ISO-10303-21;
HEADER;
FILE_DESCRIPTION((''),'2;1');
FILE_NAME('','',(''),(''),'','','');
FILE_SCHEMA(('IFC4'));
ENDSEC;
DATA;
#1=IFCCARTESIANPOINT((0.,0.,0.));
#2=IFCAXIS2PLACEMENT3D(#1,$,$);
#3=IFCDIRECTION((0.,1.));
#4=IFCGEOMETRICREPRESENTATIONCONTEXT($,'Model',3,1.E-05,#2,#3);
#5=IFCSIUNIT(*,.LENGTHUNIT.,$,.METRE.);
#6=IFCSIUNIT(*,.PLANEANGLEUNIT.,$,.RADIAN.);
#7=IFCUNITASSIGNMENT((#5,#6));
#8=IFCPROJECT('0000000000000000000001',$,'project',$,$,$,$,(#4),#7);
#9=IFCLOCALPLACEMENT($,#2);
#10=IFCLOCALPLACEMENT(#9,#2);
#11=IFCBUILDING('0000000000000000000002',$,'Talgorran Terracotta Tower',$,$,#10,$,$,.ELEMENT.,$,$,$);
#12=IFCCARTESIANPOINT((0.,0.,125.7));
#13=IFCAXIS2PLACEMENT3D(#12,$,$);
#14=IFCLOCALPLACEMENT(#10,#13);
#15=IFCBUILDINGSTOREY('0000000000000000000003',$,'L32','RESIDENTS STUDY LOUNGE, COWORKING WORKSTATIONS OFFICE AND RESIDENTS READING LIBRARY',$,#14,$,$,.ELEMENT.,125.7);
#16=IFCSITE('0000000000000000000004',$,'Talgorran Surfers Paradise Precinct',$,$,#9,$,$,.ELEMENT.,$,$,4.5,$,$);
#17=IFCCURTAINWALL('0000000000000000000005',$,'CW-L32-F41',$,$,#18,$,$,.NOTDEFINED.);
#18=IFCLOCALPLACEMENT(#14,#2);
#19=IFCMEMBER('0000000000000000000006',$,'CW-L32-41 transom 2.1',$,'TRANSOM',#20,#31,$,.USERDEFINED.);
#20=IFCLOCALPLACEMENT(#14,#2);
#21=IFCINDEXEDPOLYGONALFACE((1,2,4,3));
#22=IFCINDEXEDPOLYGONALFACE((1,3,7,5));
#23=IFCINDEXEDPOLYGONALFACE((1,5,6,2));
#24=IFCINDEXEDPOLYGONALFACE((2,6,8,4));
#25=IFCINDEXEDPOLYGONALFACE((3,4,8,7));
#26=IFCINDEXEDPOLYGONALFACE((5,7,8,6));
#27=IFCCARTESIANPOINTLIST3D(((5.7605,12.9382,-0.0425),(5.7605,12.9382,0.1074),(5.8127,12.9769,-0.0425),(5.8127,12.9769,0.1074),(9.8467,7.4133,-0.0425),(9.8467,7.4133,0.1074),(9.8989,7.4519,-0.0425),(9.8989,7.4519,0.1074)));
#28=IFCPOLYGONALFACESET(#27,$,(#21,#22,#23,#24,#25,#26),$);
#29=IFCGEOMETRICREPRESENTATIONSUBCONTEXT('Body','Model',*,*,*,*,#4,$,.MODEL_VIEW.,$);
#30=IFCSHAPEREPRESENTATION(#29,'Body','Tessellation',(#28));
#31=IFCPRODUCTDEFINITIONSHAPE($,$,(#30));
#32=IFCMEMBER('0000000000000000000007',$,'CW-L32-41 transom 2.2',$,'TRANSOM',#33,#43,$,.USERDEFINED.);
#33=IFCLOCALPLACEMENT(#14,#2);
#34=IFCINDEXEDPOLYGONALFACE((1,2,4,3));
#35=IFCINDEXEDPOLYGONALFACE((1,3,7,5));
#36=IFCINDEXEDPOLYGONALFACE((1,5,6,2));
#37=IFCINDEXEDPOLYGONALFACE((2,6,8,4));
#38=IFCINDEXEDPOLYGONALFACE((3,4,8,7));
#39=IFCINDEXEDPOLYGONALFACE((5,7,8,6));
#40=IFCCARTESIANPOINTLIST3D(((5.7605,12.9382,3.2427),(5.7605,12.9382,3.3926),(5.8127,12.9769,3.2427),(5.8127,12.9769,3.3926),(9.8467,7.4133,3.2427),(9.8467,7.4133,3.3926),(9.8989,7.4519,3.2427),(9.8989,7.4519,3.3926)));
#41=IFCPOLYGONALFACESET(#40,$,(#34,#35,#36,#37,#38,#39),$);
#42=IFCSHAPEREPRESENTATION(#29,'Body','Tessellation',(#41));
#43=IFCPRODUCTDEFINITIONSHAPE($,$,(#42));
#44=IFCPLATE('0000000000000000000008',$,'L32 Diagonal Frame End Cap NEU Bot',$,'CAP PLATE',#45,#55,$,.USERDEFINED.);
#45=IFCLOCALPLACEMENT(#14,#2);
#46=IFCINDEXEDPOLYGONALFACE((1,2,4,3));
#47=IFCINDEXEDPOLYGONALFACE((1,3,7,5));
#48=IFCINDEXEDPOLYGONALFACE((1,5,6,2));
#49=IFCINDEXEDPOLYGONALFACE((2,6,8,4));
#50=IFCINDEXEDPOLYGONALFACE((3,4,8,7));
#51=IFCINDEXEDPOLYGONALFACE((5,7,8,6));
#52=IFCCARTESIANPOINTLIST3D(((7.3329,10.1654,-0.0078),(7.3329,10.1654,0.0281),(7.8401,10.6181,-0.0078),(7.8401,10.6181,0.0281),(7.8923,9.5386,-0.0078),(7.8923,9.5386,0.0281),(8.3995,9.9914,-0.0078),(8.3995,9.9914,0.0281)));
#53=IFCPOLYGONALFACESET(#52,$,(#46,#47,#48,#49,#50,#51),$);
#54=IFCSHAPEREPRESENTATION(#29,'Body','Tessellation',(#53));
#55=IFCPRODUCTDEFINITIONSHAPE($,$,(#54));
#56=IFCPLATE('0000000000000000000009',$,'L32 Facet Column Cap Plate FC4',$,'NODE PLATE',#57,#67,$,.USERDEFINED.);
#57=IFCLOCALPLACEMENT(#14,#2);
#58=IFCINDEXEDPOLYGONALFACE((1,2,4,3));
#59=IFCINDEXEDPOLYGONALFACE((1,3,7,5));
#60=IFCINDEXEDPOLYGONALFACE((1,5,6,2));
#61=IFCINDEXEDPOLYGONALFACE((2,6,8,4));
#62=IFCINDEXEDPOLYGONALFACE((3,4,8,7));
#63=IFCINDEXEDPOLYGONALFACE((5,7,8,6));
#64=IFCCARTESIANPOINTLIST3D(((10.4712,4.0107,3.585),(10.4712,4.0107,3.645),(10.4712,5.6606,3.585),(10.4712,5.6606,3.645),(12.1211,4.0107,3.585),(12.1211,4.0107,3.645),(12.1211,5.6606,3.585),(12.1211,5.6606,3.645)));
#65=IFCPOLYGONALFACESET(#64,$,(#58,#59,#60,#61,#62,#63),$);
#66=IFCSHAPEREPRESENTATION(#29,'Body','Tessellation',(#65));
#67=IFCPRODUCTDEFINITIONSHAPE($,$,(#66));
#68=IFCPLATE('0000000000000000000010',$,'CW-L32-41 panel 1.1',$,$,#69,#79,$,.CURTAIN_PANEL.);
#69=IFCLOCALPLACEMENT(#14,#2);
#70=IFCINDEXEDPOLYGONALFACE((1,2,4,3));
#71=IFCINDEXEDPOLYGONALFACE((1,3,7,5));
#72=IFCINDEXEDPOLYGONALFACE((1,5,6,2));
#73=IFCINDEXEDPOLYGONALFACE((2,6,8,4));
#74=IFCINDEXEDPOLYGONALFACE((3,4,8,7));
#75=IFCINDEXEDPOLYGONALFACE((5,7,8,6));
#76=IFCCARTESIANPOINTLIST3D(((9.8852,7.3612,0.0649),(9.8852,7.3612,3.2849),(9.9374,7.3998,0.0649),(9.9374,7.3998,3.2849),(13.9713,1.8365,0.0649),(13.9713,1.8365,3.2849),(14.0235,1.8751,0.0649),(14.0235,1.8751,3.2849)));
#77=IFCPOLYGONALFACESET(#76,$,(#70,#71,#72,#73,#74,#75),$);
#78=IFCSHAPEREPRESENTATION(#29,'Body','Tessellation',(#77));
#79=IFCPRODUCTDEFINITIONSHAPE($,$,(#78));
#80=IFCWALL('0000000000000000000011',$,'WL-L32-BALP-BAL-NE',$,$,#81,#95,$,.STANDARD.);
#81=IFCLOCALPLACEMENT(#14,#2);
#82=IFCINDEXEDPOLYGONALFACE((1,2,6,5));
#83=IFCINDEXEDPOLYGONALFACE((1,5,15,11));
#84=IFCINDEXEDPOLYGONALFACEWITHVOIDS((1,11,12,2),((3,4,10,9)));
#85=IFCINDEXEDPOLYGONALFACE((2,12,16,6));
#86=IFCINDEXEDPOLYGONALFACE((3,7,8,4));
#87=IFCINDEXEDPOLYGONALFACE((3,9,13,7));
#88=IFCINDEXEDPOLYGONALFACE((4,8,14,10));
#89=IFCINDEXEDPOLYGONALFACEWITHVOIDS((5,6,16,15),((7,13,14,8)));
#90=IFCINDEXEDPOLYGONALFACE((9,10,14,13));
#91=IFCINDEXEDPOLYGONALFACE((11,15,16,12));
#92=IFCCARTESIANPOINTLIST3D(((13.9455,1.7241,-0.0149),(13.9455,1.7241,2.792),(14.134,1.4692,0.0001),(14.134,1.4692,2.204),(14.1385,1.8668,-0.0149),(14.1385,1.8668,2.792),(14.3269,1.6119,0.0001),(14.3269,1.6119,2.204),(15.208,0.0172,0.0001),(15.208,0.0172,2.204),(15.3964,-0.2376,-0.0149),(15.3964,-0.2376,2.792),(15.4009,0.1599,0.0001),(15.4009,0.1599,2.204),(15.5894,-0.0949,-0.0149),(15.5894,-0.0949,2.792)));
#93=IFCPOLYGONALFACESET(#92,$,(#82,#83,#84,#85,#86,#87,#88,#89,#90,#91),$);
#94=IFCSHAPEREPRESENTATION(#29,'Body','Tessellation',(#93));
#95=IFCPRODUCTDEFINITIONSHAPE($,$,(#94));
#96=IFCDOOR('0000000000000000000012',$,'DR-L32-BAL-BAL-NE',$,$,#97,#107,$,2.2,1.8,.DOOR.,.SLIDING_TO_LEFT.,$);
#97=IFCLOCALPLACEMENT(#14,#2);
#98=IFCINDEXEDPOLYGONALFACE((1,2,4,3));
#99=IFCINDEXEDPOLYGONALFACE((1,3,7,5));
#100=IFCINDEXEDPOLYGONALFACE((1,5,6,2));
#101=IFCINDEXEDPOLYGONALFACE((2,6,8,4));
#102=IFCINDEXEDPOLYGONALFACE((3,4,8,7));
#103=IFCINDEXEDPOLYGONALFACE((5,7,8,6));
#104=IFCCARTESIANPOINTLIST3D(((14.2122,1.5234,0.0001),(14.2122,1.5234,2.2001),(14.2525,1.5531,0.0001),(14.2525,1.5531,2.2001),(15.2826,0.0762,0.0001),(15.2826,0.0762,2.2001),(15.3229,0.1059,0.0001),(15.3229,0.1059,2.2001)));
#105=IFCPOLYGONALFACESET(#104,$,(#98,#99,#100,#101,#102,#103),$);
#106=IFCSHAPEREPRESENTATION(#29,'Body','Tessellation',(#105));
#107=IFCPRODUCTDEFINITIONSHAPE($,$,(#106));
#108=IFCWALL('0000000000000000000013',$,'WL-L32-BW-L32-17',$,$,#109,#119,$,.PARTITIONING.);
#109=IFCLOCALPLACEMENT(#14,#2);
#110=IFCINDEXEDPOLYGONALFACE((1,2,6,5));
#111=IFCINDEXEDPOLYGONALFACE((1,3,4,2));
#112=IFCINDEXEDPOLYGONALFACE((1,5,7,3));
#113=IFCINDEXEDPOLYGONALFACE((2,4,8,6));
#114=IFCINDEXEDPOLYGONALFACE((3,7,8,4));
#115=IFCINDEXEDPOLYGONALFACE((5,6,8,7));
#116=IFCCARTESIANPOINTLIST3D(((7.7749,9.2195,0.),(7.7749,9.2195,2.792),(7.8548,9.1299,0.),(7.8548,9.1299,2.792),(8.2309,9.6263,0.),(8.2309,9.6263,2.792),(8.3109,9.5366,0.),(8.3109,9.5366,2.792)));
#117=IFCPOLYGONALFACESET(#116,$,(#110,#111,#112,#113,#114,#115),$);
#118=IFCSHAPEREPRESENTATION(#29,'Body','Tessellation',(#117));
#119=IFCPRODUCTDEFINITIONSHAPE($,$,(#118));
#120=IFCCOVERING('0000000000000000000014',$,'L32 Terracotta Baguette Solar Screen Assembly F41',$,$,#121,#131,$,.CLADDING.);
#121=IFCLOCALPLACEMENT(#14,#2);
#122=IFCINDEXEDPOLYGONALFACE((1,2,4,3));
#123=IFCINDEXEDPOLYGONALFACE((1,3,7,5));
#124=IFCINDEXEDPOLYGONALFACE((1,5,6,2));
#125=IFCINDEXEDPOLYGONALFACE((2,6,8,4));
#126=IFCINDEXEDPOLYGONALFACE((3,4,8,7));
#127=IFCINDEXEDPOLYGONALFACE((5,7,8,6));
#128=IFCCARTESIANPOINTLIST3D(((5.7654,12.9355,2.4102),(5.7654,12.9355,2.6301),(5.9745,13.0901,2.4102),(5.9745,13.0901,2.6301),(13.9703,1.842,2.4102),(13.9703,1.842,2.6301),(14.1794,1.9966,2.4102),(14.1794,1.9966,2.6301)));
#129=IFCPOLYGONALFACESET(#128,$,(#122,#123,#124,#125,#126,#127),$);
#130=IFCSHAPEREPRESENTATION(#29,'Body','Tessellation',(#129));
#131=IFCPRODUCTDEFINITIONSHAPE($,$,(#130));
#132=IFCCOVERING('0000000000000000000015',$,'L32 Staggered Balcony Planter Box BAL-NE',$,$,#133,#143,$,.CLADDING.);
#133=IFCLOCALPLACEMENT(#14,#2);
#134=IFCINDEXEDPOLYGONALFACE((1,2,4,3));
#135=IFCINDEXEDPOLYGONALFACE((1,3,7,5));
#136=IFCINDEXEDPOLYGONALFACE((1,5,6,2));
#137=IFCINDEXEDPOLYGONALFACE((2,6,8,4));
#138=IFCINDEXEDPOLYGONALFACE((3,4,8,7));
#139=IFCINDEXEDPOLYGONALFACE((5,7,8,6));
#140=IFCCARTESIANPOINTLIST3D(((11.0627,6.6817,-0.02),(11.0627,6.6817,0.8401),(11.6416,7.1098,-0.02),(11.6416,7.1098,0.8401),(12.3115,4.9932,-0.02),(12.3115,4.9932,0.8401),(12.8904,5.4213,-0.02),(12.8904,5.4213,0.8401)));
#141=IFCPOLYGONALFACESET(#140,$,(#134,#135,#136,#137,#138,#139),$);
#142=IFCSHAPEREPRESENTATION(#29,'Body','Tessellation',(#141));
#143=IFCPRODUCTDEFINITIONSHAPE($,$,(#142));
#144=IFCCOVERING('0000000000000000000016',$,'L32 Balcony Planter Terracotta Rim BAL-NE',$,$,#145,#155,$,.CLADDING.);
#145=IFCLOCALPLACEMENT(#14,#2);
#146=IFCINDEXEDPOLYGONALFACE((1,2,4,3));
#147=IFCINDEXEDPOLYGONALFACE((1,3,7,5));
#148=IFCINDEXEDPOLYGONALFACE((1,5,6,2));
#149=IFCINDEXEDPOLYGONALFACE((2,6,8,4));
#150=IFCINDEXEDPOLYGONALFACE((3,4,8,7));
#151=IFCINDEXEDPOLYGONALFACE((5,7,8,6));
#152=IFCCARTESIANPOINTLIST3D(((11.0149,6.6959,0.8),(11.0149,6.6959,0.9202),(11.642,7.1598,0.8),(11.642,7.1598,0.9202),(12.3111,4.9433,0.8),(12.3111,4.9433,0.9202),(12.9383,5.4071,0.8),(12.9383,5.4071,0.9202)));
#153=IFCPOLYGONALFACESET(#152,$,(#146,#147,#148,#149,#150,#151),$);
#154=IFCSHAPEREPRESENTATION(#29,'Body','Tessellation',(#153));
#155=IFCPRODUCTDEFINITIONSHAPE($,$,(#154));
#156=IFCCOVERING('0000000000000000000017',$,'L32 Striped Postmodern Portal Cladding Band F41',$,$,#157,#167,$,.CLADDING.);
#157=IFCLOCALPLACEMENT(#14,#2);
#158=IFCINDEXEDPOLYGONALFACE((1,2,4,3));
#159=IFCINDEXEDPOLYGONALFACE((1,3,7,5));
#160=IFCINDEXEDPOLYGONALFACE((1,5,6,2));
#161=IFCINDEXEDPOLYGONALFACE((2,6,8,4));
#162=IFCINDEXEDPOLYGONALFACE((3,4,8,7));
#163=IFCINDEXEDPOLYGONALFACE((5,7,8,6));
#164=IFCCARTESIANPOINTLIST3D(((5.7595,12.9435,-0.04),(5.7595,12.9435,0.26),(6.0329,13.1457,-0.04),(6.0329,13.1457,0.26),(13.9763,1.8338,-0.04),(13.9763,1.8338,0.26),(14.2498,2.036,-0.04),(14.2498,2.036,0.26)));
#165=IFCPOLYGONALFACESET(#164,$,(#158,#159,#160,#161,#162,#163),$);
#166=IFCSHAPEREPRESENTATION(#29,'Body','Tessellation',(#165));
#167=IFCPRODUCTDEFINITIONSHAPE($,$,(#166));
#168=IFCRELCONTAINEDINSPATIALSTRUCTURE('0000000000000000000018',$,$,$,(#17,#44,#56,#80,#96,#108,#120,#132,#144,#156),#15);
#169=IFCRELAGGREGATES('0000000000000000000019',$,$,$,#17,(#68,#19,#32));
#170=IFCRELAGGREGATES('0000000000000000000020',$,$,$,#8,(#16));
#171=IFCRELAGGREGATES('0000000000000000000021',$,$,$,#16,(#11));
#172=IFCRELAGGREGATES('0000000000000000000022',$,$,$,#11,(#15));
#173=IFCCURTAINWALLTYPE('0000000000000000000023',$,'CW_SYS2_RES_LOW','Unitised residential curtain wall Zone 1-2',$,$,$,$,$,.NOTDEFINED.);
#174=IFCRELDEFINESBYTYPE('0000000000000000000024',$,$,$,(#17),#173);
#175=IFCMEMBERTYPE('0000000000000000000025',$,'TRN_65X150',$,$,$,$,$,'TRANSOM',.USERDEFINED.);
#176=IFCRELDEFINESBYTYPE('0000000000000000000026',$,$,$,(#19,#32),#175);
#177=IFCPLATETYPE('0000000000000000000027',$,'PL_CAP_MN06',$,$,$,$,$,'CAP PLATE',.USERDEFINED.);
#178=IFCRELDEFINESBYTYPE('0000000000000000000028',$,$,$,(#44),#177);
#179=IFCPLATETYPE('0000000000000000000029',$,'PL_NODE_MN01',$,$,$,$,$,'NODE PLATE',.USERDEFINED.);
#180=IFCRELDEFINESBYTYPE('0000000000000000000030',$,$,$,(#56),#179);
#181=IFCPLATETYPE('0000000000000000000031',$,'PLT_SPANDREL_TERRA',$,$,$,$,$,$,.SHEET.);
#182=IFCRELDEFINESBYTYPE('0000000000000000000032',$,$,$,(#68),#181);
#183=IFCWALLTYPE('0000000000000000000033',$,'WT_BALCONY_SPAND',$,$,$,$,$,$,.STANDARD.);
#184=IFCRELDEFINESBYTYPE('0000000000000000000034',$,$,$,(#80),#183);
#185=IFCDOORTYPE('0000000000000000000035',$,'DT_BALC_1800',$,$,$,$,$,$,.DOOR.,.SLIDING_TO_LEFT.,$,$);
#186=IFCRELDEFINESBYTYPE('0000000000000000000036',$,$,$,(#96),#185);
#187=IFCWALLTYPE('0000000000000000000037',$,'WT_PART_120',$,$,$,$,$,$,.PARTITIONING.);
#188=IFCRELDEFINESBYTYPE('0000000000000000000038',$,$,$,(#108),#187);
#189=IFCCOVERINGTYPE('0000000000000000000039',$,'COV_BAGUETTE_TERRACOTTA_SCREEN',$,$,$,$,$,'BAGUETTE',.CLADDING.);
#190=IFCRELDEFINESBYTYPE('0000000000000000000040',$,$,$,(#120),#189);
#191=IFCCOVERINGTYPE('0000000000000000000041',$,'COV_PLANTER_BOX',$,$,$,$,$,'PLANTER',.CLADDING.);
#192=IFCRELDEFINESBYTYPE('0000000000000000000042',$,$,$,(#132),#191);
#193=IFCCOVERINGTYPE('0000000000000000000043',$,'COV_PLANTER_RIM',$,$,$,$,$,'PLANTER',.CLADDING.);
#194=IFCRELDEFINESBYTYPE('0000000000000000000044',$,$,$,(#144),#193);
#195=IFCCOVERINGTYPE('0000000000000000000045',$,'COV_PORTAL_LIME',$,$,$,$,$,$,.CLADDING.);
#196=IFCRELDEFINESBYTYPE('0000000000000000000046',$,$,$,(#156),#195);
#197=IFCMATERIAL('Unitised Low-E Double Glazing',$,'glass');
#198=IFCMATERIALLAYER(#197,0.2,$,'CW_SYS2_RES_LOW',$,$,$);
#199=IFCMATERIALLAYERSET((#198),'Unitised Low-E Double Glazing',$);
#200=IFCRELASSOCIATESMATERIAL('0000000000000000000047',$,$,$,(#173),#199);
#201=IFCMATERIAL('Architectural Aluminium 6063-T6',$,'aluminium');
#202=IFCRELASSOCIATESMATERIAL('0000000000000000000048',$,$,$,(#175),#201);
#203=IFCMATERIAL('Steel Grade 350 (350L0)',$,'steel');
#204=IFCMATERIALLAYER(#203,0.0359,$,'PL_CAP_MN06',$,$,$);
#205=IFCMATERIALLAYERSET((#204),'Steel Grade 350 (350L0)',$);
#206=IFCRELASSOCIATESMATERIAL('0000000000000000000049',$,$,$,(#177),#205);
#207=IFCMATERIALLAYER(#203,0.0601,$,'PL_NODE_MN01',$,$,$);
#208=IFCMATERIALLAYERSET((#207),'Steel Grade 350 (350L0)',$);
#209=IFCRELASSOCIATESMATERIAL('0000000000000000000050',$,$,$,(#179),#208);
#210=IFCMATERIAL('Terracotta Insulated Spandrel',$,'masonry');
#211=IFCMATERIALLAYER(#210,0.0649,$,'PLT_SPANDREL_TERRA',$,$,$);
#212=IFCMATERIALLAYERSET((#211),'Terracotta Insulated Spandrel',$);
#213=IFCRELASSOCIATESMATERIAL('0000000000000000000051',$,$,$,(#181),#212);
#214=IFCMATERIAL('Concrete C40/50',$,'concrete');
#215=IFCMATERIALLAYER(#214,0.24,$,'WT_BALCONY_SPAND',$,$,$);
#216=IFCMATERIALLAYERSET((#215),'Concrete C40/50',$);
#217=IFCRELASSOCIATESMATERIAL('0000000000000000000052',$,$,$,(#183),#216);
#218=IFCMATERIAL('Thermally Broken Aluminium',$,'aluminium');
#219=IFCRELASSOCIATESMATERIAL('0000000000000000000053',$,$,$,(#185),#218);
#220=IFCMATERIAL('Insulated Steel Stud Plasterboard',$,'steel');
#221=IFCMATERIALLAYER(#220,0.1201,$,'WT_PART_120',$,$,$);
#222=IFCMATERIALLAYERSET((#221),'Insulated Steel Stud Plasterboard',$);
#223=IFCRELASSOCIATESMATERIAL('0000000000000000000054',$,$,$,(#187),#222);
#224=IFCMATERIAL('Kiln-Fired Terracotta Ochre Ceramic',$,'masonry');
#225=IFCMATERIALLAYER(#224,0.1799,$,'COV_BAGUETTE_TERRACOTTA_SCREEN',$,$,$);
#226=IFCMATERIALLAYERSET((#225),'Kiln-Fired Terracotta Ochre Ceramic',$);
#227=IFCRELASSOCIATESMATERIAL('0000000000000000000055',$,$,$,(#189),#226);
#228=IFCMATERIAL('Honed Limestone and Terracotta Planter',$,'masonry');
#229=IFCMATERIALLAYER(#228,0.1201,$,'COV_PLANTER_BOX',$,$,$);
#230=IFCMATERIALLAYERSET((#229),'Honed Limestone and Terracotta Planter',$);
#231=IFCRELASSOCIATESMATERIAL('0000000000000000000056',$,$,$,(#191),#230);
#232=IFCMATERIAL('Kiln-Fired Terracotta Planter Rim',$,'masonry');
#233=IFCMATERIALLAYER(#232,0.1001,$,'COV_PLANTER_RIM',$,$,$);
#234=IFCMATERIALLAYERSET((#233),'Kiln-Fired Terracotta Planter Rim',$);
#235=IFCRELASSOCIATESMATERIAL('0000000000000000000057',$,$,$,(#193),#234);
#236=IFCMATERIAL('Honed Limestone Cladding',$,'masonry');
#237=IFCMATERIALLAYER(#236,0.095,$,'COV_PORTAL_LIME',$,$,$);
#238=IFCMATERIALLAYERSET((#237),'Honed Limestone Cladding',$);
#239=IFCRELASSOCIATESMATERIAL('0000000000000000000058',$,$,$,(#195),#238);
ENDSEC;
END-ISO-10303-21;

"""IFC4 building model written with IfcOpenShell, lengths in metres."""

from ifc_helpers import new_model, si_unit, direction, frame, frame_2d, origin, origin_2d, place, context, subcontext, project, spatial, rectangle, extrude, source, transform, mapped, material, layer, layer_set, material_profile, profile_set, type_object, type_shapes, element, fill, aggregate, save


model = new_model("IFC4")

# Units and contexts
model_context = context("Model", 3, precision=1e-05, world=origin(), true_north=direction((0.0, 1.0)))
body_context = subcontext(model_context, "Body", "Model", "MODEL_VIEW")
ifc_project = project(units=[si_unit("LENGTHUNIT", "METRE"), si_unit("PLANEANGLEUNIT", "RADIAN")], contexts=[model_context])

# Site, building, storey
site_placement = place(None, origin())
site = spatial("IfcSite", under=ifc_project, at=site_placement, Name="Talgorran Surfers Paradise Precinct", CompositionType="ELEMENT", RefElevation=4.5)
building_placement = place(site_placement, origin())
building = spatial("IfcBuilding", under=site, at=building_placement, Name="Talgorran Terracotta Tower", CompositionType="ELEMENT")
storey_placement = place(building_placement, frame((0.0, 0.0, 125.7)))
storey = spatial("IfcBuildingStorey", under=building, at=storey_placement, Name="L32", Description="RESIDENTS STUDY LOUNGE, COWORKING WORKSTATIONS OFFICE AND RESIDENTS READING LIBRARY", CompositionType="ELEMENT", Elevation=125.7)

# Shared definitions
ifc_material_1 = material(Name="Steel Grade 350 (350L0)", Category="steel")

# Shared definitions
ifc_material_2 = material(Name="Unitised Low-E Double Glazing", Category="glass")
ifc_layer_1 = layer(ifc_material_2, 0.2, Name="CW_SYS2_RES_LOW")
ifc_layer_set_1 = layer_set([ifc_layer_1], Name="Unitised Low-E Double Glazing")
curtain_wall_type = type_object("IfcCurtainWallType", Name="CW_SYS2_RES_LOW", Description="Unitised residential curtain wall Zone 1-2", PredefinedType="NOTDEFINED", material=ifc_layer_set_1)
ifc_material_3 = material(Name="Architectural Aluminium 6063-T6", Category="aluminium")

# Curtain wall, members
curtain_wall_1_placement = place(storey_placement, origin())
curtain_wall_1 = element("IfcCurtainWall", 1, at=curtain_wall_1_placement, inside=storey, type_object=curtain_wall_type, Name="CW-L32-F41", PredefinedType="NOTDEFINED")
ifc_material_profile_1 = material_profile(ifc_material_3, rectangle(XDim=0.0649, YDim=0.1499, at=origin_2d()), Name="CWT65X150")
ifc_profile_set_1 = profile_set([ifc_material_profile_1], Name="Architectural Aluminium 6063-T6")
member_type_1 = type_object("IfcMemberType", Name="TRN_65X150", ElementType="TRANSOM", PredefinedType="USERDEFINED", material=ifc_profile_set_1)
member_1_placement = place(storey_placement, frame((9.8728, 7.4326, 0.0325), z_axis=(-0.594632, 0.803998, 0.0), x_axis=(-0.803998, -0.594632, 0.0)))
member_1 = element("IfcMember", 2, at=member_1_placement, type_object=member_type_1, Name="CW-L32-41 transom 2.1", ObjectType="TRANSOM", PredefinedType="USERDEFINED", context=body_context, shape_type="SweptSolid", body=[
    extrude(rectangle(XDim=0.0649, YDim=0.1499, at=origin_2d()), origin(), (0.0, 0.0, 1.0), 6.8718),
])
member_2_placement = place(storey_placement, frame((9.8728, 7.4326, 3.3176), z_axis=(-0.594632, 0.803998, 0.0), x_axis=(-0.803998, -0.594632, 0.0)))
member_2 = element("IfcMember", 3, at=member_2_placement, type_object=member_type_1, Name="CW-L32-41 transom 2.2", ObjectType="TRANSOM", PredefinedType="USERDEFINED", context=body_context, shape_type="SweptSolid", body=[
    extrude(rectangle(XDim=0.0649, YDim=0.1499, at=origin_2d()), origin(), (0.0, 0.0, 1.0), 6.8718),
])

# Plates
ifc_layer_2 = layer(ifc_material_1, 0.0359, Name="PL_CAP_MN06")
ifc_layer_set_2 = layer_set([ifc_layer_2], Name="Steel Grade 350 (350L0)")
plate_type_1 = type_object("IfcPlateType", Name="PL_CAP_MN06", ElementType="CAP PLATE", PredefinedType="USERDEFINED", material=ifc_layer_set_2)
plate_1_placement = place(storey_placement, frame((7.8662, 10.0784, -0.0078), z_axis=(0.0, 0.0, 1.0), x_axis=(-0.665882, 0.746057, 0.0)))
element("IfcPlate", 4, at=plate_1_placement, inside=storey, type_object=plate_type_1, Name="L32 Diagonal Frame End Cap NEU Bot", ObjectType="CAP PLATE", PredefinedType="USERDEFINED", context=body_context, shape_type="SweptSolid", body=[
    extrude(rectangle(XDim=0.8401, YDim=0.6799, at=origin_2d()), origin(), (0.0, 0.0, 1.0), 0.0359),
])
ifc_layer_3 = layer(ifc_material_1, 0.0601, Name="PL_NODE_MN01")
ifc_layer_set_3 = layer_set([ifc_layer_3], Name="Steel Grade 350 (350L0)")
plate_type_2 = type_object("IfcPlateType", Name="PL_NODE_MN01", ElementType="NODE PLATE", PredefinedType="USERDEFINED", material=ifc_layer_set_3)
plate_2_placement = place(storey_placement, frame((11.2961, 4.8357, 3.585), z_axis=(0.0, 0.0, 1.0), x_axis=(1.0, 0.0, 0.0)))
element("IfcPlate", 5, at=plate_2_placement, inside=storey, type_object=plate_type_2, Name="L32 Facet Column Cap Plate FC4", ObjectType="NODE PLATE", PredefinedType="USERDEFINED", context=body_context, shape_type="SweptSolid", body=[
    extrude(rectangle(XDim=1.6499, YDim=1.6499, at=origin_2d()), origin(), (0.0, 0.0, 1.0), 0.0601),
])

# Plate
ifc_material_4 = material(Name="Terracotta Insulated Spandrel", Category="masonry")
ifc_layer_4 = layer(ifc_material_4, 0.0649, Name="PLT_SPANDREL_TERRA")
ifc_layer_set_4 = layer_set([ifc_layer_4], Name="Terracotta Insulated Spandrel")
plate_type_3 = type_object("IfcPlateType", Name="PLT_SPANDREL_TERRA", PredefinedType="SHEET", material=ifc_layer_set_4)
shared_shape = source(origin(), body_context, "Body", "SweptSolid", [
    extrude(rectangle(XDim=6.8716, YDim=0.0649, at=origin_2d()), origin(), (0.0, 0.0, 1.0), 3.22),
])
type_shapes(plate_type_3, [shared_shape])
plate_3_placement = place(storey_placement, frame((11.9543, 4.6182, 0.0649), z_axis=(0.0, 0.0, 1.0), x_axis=(-0.594635, 0.803996, 0.0)))
plate_3 = element("IfcPlate", 6, at=plate_3_placement, type_object=plate_type_3, Name="CW-L32-41 panel 1.1", PredefinedType="CURTAIN_PANEL", context=body_context, shape_type="MappedRepresentation", body=[
    mapped(shared_shape, transform((0.0, 0.0, 0.0), scale=1.0)),
])
aggregate(curtain_wall_1, [plate_3, member_1, member_2])

# Wall, opening, door
ifc_material_5 = material(Name="Concrete C40/50", Category="concrete")
ifc_layer_5 = layer(ifc_material_5, 0.24, Name="WT_BALCONY_SPAND")
ifc_layer_set_5 = layer_set([ifc_layer_5], Name="Concrete C40/50")
wall_type_1 = type_object("IfcWallType", Name="WT_BALCONY_SPAND", PredefinedType="STANDARD", material=ifc_layer_set_5)
wall_1_placement = place(storey_placement, frame((15.4929, -0.1663, -0.0149), z_axis=(0.0, 0.0, 1.0), x_axis=(-0.594655, 0.803981, 0.0)))
wall_1 = element("IfcWall", 7, at=wall_1_placement, inside=storey, type_object=wall_type_1, Name="WL-L32-BALP-BAL-NE", PredefinedType="STANDARD", context=body_context, shape_type="SweptSolid", body=[
    extrude(rectangle(XDim=2.4399, YDim=0.24, at=frame_2d((1.22, 0.0))), origin(), (0.0, 0.0, 1.0), 2.8069),
])
opening_placement = place(wall_1_placement, frame((0.3201, 0.0, 0.0149)))
opening = element("IfcOpeningElement", 8, at=opening_placement, cuts=wall_1, PredefinedType="OPENING", context=body_context, shape_type="SweptSolid", body=[
    extrude(rectangle(XDim=1.806, YDim=2.204, at=frame_2d((0.8999, 1.1021))), frame((0.0, 0.1299, 0.0), z_axis=(0.0, -1.0, 0.0), x_axis=(1.0, 0.0, 0.0)), (0.0, 0.0, 1.0), 0.26),
])
ifc_material_6 = material(Name="Thermally Broken Aluminium", Category="aluminium")
door_type = type_object("IfcDoorType", Name="DT_BALC_1800", OperationType="SLIDING_TO_LEFT", PredefinedType="DOOR", material=ifc_material_6)
door_placement = place(opening_placement, origin())
door = element("IfcDoor", 9, at=door_placement, inside=storey, type_object=door_type, Name="DR-L32-BAL-BAL-NE", OperationType="SLIDING_TO_LEFT", OverallHeight=2.2, OverallWidth=1.8, PredefinedType="DOOR", context=body_context, shape_type="SweptSolid", body=[
    extrude(rectangle(XDim=1.8, YDim=2.2, at=frame_2d((0.8999, 1.1001))), frame((0.0, 0.0249, 0.0), z_axis=(0.0, -1.0, 0.0), x_axis=(1.0, 0.0, 0.0)), (0.0, 0.0, 1.0), 0.05),
])
fill(opening, door)

# Wall
ifc_material_7 = material(Name="Insulated Steel Stud Plasterboard", Category="steel")
ifc_layer_6 = layer(ifc_material_7, 0.1201, Name="WT_PART_120")
ifc_layer_set_6 = layer_set([ifc_layer_6], Name="Insulated Steel Stud Plasterboard")
wall_type_2 = type_object("IfcWallType", Name="WT_PART_120", PredefinedType="PARTITIONING", material=ifc_layer_set_6)
wall_2_placement = place(storey_placement, frame((8.271, 9.5815, 0.0), z_axis=(0.0, 0.0, 1.0), x_axis=(-0.746306, -0.665603, 0.0)))
element("IfcWall", 10, at=wall_2_placement, inside=storey, type_object=wall_type_2, Name="WL-L32-BW-L32-17", PredefinedType="PARTITIONING", context=body_context, shape_type="SweptSolid", body=[
    extrude(rectangle(XDim=0.6111, YDim=0.1201, at=frame_2d((0.3057, 0.0))), origin(), (0.0, 0.0, 1.0), 2.792),
])

# Coverings
ifc_material_8 = material(Name="Kiln-Fired Terracotta Ochre Ceramic", Category="masonry")
ifc_layer_7 = layer(ifc_material_8, 0.1799, Name="COV_BAGUETTE_TERRACOTTA_SCREEN")
ifc_layer_set_7 = layer_set([ifc_layer_7], Name="Kiln-Fired Terracotta Ochre Ceramic")
covering_type_1 = type_object("IfcCoveringType", Name="COV_BAGUETTE_TERRACOTTA_SCREEN", ElementType="BAGUETTE", PredefinedType="CLADDING", material=ifc_layer_set_7)
covering_1_placement = place(storey_placement, frame((9.9724, 7.4661, 2.4102), z_axis=(0.0, 0.0, 1.0), x_axis=(-0.59464, 0.803992, 0.0)))
element("IfcCovering", 11, at=covering_1_placement, inside=storey, type_object=covering_type_1, Name="L32 Terracotta Baguette Solar Screen Assembly F41", PredefinedType="CLADDING", context=body_context, shape_type="SweptSolid", body=[
    extrude(rectangle(XDim=13.7981, YDim=0.26, at=origin_2d()), origin(), (0.0, 0.0, 1.0), 0.22),
])
ifc_material_9 = material(Name="Honed Limestone and Terracotta Planter", Category="masonry")
ifc_layer_8 = layer(ifc_material_9, 0.1201, Name="COV_PLANTER_BOX")
ifc_layer_set_8 = layer_set([ifc_layer_8], Name="Honed Limestone and Terracotta Planter")
covering_type_2 = type_object("IfcCoveringType", Name="COV_PLANTER_BOX", ElementType="PLANTER", PredefinedType="CLADDING", material=ifc_layer_set_8)
covering_2_placement = place(storey_placement, frame((11.9766, 6.0515, -0.02), z_axis=(0.0, 0.0, 1.0), x_axis=(-0.59464, 0.803992, 0.0)))
element("IfcCovering", 12, at=covering_2_placement, inside=storey, type_object=covering_type_2, Name="L32 Staggered Balcony Planter Box BAL-NE", PredefinedType="CLADDING", context=body_context, shape_type="SweptSolid", body=[
    extrude(rectangle(XDim=2.1001, YDim=0.72, at=origin_2d()), origin(), (0.0, 0.0, 1.0), 0.8601),
])
ifc_material_10 = material(Name="Kiln-Fired Terracotta Planter Rim", Category="masonry")
ifc_layer_9 = layer(ifc_material_10, 0.1001, Name="COV_PLANTER_RIM")
ifc_layer_set_9 = layer_set([ifc_layer_9], Name="Kiln-Fired Terracotta Planter Rim")
covering_type_3 = type_object("IfcCoveringType", Name="COV_PLANTER_RIM", ElementType="PLANTER", PredefinedType="CLADDING", material=ifc_layer_set_9)
covering_3_placement = place(storey_placement, frame((11.9766, 6.0515, 0.8), z_axis=(0.0, 0.0, 1.0), x_axis=(-0.59464, 0.803992, 0.0)))
element("IfcCovering", 13, at=covering_3_placement, inside=storey, type_object=covering_type_3, Name="L32 Balcony Planter Terracotta Rim BAL-NE", PredefinedType="CLADDING", context=body_context, shape_type="SweptSolid", body=[
    extrude(rectangle(XDim=2.1799, YDim=0.78, at=origin_2d()), origin(), (0.0, 0.0, 1.0), 0.1201),
])
ifc_material_11 = material(Name="Honed Limestone Cladding", Category="masonry")
ifc_layer_10 = layer(ifc_material_11, 0.095, Name="COV_PORTAL_LIME")
ifc_layer_set_10 = layer_set([ifc_layer_10], Name="Honed Limestone Cladding")
covering_type_4 = type_object("IfcCoveringType", Name="COV_PORTAL_LIME", PredefinedType="CLADDING", material=ifc_layer_set_10)
covering_4_placement = place(storey_placement, frame((10.0046, 7.4897, -0.04), z_axis=(0.0, 0.0, 1.0), x_axis=(-0.59464, 0.803992, 0.0)))
element("IfcCovering", 14, at=covering_4_placement, inside=storey, type_object=covering_type_4, Name="L32 Striped Postmodern Portal Cladding Band F41", PredefinedType="CLADDING", context=body_context, shape_type="SweptSolid", body=[
    extrude(rectangle(XDim=13.8181, YDim=0.3401, at=origin_2d()), origin(), (0.0, 0.0, 1.0), 0.3),
])

save(model, "model.ifc")
